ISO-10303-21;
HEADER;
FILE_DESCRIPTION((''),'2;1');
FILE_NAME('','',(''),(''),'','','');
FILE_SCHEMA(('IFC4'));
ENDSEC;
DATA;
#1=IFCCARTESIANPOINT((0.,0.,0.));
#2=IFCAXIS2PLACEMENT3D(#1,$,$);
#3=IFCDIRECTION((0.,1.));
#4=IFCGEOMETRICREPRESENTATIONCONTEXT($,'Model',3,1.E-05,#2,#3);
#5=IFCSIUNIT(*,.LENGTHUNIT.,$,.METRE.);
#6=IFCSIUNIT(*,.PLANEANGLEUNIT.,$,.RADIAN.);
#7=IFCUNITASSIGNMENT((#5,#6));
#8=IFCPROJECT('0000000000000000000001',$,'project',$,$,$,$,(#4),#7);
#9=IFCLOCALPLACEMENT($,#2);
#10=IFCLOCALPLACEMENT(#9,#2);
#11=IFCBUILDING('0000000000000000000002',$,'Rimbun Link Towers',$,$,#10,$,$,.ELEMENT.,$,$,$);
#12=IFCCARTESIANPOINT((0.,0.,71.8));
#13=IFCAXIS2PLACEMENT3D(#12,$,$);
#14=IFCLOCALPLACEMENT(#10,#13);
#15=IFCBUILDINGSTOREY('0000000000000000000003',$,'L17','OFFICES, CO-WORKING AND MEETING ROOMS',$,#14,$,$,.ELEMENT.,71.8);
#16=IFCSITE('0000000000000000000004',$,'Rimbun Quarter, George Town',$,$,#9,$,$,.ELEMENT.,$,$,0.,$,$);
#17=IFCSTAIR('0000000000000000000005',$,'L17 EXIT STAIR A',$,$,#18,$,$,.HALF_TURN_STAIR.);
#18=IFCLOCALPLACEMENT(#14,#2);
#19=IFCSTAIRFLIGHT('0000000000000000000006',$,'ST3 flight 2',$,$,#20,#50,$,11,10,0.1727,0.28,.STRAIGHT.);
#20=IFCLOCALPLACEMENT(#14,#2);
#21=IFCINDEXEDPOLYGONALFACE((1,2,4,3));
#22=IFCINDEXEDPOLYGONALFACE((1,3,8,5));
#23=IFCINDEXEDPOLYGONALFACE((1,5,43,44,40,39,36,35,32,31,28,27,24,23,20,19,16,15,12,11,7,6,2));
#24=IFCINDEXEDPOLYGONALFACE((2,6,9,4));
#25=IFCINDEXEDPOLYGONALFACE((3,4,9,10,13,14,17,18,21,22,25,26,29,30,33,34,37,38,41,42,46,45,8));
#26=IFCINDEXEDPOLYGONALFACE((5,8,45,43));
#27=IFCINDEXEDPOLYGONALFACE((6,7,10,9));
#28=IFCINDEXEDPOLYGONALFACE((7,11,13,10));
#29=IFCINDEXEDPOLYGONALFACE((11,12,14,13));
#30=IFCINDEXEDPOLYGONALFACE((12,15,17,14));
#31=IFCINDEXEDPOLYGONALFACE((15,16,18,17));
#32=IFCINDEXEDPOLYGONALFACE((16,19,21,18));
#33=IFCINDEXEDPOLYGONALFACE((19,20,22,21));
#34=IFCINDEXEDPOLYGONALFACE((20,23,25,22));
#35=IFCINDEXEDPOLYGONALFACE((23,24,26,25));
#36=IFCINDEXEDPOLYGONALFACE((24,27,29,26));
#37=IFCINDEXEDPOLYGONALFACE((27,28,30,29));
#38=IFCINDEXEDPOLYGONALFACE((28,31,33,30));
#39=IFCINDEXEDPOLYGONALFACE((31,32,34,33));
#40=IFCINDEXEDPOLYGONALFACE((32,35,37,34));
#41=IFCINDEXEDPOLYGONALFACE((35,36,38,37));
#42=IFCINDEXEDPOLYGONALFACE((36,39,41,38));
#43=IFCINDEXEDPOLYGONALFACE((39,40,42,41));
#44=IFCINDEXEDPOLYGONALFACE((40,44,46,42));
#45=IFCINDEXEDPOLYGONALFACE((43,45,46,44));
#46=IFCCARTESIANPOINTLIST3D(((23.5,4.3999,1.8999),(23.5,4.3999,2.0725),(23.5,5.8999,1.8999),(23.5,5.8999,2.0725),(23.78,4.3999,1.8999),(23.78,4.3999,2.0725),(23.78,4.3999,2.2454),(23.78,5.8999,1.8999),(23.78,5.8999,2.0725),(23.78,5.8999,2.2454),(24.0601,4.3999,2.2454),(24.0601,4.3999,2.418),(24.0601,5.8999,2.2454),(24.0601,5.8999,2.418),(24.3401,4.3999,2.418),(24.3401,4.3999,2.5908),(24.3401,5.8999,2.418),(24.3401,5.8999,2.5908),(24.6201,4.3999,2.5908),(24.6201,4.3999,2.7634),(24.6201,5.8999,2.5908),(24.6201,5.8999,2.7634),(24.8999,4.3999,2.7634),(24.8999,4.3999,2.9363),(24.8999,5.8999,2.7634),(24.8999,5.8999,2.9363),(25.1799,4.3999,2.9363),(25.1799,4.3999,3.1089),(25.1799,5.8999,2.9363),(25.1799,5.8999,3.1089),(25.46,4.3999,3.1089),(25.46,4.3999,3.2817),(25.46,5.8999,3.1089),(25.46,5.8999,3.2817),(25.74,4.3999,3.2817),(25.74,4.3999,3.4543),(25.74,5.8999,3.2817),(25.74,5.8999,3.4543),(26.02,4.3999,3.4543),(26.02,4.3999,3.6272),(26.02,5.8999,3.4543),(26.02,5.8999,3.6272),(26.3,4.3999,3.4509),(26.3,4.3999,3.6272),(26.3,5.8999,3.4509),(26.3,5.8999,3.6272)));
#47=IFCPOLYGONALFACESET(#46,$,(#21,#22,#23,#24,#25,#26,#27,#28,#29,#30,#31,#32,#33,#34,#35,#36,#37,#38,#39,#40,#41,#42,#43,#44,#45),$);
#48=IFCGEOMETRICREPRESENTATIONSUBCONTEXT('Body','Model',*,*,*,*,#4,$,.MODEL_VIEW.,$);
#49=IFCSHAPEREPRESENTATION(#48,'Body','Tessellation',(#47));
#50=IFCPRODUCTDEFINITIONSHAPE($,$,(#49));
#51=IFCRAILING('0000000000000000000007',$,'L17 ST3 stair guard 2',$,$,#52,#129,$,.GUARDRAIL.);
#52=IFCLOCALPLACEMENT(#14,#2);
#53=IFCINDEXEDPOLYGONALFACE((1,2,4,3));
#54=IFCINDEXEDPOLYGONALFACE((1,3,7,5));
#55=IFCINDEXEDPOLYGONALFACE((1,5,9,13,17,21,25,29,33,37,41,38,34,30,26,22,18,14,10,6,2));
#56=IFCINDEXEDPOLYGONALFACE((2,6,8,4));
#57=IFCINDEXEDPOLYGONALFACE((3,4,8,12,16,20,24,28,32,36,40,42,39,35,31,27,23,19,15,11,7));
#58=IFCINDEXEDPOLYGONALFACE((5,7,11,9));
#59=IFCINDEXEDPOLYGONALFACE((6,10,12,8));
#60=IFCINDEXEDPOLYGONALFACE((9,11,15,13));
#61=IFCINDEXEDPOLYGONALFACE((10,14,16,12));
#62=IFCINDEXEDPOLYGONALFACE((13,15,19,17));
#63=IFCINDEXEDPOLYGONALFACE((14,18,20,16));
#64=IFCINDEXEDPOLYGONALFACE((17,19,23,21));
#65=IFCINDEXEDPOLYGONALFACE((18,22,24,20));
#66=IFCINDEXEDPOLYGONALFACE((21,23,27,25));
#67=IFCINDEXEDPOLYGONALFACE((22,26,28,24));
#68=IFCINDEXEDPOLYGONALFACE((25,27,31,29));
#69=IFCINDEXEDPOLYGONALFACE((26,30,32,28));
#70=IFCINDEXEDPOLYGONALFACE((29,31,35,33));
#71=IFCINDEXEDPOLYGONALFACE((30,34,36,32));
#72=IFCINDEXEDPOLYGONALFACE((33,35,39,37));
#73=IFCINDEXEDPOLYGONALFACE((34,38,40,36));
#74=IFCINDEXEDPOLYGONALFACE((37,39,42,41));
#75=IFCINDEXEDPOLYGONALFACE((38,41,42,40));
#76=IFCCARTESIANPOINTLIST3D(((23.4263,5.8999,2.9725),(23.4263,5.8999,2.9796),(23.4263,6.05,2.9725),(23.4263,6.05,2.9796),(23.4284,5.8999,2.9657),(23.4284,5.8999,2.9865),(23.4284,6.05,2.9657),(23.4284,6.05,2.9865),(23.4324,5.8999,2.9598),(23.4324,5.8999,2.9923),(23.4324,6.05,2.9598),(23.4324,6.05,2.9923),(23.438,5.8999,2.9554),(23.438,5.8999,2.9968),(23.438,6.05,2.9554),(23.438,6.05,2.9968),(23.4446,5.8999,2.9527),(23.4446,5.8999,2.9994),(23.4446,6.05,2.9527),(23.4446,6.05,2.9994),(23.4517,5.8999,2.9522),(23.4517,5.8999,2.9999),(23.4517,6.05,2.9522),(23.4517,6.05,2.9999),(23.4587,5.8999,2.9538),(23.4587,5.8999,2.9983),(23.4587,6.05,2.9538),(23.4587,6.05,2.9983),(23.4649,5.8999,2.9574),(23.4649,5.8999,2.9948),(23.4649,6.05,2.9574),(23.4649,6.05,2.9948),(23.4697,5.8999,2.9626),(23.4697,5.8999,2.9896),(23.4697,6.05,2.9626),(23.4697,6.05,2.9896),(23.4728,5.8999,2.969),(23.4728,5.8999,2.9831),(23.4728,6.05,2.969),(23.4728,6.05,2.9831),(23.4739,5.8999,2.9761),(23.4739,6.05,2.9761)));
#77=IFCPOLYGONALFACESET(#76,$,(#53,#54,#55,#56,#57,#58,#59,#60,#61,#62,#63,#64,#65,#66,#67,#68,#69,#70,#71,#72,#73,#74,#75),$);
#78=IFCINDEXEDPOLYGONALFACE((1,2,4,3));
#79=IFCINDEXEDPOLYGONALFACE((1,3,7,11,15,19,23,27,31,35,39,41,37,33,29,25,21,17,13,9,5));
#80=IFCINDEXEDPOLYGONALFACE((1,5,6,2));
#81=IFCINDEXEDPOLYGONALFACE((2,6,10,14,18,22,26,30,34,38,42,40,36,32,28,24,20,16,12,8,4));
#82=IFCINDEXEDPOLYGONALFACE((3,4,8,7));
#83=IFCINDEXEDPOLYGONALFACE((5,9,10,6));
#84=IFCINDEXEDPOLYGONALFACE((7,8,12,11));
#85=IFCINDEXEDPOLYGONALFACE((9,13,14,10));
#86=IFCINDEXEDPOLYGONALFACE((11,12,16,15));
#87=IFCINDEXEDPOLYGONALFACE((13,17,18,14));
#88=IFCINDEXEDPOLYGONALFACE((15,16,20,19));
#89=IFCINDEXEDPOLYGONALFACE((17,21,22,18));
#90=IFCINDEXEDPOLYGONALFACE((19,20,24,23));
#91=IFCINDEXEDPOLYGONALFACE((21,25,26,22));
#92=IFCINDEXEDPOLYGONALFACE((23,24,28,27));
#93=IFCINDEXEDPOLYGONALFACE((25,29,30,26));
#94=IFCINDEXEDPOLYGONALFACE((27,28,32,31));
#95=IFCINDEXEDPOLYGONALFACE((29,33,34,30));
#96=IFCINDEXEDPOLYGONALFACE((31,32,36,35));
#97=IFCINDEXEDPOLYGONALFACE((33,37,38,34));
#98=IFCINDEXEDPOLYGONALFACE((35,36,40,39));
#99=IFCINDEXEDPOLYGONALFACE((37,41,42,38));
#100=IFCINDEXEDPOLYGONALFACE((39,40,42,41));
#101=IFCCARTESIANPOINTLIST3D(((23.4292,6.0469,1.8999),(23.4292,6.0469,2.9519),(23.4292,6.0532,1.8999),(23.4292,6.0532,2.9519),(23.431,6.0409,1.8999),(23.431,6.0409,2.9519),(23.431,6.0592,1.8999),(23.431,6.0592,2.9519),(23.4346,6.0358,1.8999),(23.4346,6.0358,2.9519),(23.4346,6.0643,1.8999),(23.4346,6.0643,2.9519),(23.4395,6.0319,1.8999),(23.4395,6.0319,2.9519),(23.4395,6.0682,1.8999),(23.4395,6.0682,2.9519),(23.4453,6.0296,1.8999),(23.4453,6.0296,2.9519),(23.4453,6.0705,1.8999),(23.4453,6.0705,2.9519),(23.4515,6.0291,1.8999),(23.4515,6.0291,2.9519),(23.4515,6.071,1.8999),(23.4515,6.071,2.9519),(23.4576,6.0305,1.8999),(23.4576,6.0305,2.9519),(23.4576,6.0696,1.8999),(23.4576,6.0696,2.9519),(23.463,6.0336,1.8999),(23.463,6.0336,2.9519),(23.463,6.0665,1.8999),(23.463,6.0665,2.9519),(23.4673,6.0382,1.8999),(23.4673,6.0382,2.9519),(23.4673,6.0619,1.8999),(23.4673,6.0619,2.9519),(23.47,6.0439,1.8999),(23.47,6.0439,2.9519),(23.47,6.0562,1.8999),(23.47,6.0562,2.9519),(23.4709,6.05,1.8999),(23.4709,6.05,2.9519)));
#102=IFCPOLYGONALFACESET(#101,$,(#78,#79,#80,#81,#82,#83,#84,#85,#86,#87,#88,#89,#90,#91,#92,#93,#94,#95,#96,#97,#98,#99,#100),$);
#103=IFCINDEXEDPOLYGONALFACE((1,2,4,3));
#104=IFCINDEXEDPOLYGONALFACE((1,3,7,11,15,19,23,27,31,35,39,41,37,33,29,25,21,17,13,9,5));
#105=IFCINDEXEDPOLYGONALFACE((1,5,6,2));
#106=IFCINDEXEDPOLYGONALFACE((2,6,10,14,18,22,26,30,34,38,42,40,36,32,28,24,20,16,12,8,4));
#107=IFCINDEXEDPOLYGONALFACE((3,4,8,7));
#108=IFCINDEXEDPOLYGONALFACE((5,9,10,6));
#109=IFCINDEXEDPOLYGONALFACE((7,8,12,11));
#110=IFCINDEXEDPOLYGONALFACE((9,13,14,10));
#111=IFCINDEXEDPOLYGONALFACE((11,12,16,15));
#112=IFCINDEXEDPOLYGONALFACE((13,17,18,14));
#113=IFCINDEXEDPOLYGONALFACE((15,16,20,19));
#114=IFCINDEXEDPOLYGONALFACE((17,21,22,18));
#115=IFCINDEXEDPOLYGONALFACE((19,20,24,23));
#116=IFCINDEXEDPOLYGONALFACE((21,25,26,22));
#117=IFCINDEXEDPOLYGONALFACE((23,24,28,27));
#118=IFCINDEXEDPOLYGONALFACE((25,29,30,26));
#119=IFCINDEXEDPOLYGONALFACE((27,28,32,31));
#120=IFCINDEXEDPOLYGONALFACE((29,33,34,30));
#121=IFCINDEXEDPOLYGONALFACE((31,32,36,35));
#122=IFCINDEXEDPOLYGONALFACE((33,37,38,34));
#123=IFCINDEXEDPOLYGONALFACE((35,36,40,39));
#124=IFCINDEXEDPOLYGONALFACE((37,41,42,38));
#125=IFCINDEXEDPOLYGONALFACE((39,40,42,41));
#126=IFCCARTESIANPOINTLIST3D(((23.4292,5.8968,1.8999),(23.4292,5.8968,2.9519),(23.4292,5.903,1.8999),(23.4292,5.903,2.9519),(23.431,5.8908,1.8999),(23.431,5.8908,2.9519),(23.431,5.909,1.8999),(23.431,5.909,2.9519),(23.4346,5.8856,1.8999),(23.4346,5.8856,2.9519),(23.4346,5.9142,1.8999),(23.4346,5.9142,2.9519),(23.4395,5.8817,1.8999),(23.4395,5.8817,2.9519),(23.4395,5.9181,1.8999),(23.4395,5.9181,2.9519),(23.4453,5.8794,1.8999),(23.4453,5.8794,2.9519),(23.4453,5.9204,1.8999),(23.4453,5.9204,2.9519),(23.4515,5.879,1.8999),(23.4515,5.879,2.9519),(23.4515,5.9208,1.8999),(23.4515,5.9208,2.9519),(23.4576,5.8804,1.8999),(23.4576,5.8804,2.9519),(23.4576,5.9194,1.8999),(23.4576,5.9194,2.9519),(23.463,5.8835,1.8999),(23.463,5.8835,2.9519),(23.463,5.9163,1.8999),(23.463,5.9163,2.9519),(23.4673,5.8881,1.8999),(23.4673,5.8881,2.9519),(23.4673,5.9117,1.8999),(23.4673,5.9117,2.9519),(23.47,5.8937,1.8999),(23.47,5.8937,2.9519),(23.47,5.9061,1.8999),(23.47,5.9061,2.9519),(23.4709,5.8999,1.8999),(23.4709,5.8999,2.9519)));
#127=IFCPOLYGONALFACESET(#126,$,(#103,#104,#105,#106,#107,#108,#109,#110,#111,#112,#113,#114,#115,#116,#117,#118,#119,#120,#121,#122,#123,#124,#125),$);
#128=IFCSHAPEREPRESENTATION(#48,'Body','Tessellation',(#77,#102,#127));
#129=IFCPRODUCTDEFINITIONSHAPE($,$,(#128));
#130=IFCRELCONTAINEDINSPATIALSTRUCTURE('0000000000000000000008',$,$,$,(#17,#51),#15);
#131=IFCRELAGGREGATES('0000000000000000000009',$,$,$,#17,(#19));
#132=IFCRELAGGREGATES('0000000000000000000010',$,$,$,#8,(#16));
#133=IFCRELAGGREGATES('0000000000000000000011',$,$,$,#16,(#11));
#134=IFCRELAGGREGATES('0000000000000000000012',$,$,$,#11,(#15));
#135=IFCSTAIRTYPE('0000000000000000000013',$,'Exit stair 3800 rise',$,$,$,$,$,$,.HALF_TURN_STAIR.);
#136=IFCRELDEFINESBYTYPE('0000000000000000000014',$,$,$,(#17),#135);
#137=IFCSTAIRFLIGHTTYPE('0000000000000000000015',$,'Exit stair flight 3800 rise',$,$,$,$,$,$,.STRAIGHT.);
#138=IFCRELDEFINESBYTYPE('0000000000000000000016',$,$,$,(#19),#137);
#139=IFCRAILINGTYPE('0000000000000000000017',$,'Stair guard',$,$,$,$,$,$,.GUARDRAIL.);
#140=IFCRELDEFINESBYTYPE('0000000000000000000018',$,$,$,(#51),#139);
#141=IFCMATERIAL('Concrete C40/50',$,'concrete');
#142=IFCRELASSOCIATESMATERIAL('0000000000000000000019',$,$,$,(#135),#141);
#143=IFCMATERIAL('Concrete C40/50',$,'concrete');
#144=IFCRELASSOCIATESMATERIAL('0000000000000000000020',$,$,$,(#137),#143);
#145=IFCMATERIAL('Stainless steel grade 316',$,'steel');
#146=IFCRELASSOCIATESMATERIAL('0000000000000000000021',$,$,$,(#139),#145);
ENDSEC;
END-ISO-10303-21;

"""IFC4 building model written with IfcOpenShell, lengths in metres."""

from ifc_helpers import new_model, si_unit, direction, frame, origin, origin_2d, place, context, subcontext, project, spatial, polyline, circle, outline, extrude, material, type_object, element, aggregate, save


model = new_model("IFC4")

# Units and contexts
model_context = context("Model", 3, precision=1e-05, world=origin(), true_north=direction((0.0, 1.0)))
body_context = subcontext(model_context, "Body", "Model", "MODEL_VIEW")
ifc_project = project(units=[si_unit("LENGTHUNIT", "METRE"), si_unit("PLANEANGLEUNIT", "RADIAN")], contexts=[model_context])

# Site, building, storey
site_placement = place(None, origin())
site = spatial("IfcSite", under=ifc_project, at=site_placement, Name="Rimbun Quarter, George Town", CompositionType="ELEMENT", RefElevation=0.0)
building_placement = place(site_placement, origin())
building = spatial("IfcBuilding", under=site, at=building_placement, Name="Rimbun Link Towers", CompositionType="ELEMENT")
storey_placement = place(building_placement, frame((0.0, 0.0, 71.8)))
storey = spatial("IfcBuildingStorey", under=building, at=storey_placement, Name="L17", Description="OFFICES, CO-WORKING AND MEETING ROOMS", CompositionType="ELEMENT", Elevation=71.8)

# Stair, stair flight
ifc_material_1 = material(Name="Concrete C40/50", Category="concrete")
stair_type = type_object("IfcStairType", Name="Exit stair 3800 rise", PredefinedType="HALF_TURN_STAIR", material=ifc_material_1)
stair_placement = place(storey_placement, origin())
stair = element("IfcStair", 1, at=stair_placement, inside=storey, type_object=stair_type, Name="L17 EXIT STAIR A", PredefinedType="HALF_TURN_STAIR")
ifc_material_2 = material(Name="Concrete C40/50", Category="concrete")
stair_flight_type = type_object("IfcStairFlightType", Name="Exit stair flight 3800 rise", PredefinedType="STRAIGHT", material=ifc_material_2)
stair_flight_placement = place(storey_placement, frame((23.5, 5.1499, 1.8999), z_axis=(0.0, 0.0, 1.0), x_axis=(1.0, 0.0, 0.0)))
stair_flight = element("IfcStairFlight", 2, at=stair_flight_placement, type_object=stair_flight_type, Name="ST3 flight 2", NumberOfRisers=11, NumberOfTreads=10, PredefinedType="STRAIGHT", RiserHeight=0.1727, TreadLength=0.28, context=body_context, shape_type="SweptSolid", body=[
    extrude(outline(polyline([(0.0, 0.0), (0.0, 0.1726), (0.28, 0.1726), (0.28, 0.3455), (0.5601, 0.3455), (0.5601, 0.5181), (0.8401, 0.5181), (0.8401, 0.6909), (1.1201, 0.6909), (1.1201, 0.8635), (1.3999, 0.8635), (1.3999, 1.0364), (1.6799, 1.0364), (1.6799, 1.209), (1.96, 1.209), (1.96, 1.3818), (2.24, 1.3818), (2.24, 1.5544), (2.52, 1.5544), (2.52, 1.7273), (2.8, 1.7273), (2.8, 1.8999), (2.8, 1.551), (0.28, 0.0), (0.0, 0.0)])), frame((0.0, 0.75, 0.0), z_axis=(0.0, -1.0, 0.0), x_axis=(1.0, 0.0, 0.0)), (0.0, 0.0, 1.0), 1.5),
])
aggregate(stair, [stair_flight])

# Railing
ifc_material_3 = material(Name="Stainless steel grade 316", Category="steel")
railing_type_1 = type_object("IfcRailingType", Name="Stair guard", PredefinedType="GUARDRAIL", material=ifc_material_3)
railing_1_placement = place(storey_placement, frame((23.45, 6.05, 1.8999)))
element("IfcRailing", 3, at=railing_1_placement, inside=storey, type_object=railing_type_1, Name="L17 ST3 stair guard 2", PredefinedType="GUARDRAIL", context=body_context, shape_type="SweptSolid", body=[
    extrude(circle(Radius=0.0239, at=origin_2d()), frame((0.0, 0.0, 1.0762), z_axis=(0.0, -1.0, 0.0), x_axis=(1.0, 0.0, 0.0)), (0.0, 0.0, 1.0), 0.1501),
    extrude(circle(Radius=0.021, at=origin_2d()), origin(), (0.0, 0.0, 1.0), 1.052),
    extrude(circle(Radius=0.021, at=origin_2d()), frame((0.0, -0.1501, 0.0)), (0.0, 0.0, 1.0), 1.052),
])

save(model, "model.ifc")
